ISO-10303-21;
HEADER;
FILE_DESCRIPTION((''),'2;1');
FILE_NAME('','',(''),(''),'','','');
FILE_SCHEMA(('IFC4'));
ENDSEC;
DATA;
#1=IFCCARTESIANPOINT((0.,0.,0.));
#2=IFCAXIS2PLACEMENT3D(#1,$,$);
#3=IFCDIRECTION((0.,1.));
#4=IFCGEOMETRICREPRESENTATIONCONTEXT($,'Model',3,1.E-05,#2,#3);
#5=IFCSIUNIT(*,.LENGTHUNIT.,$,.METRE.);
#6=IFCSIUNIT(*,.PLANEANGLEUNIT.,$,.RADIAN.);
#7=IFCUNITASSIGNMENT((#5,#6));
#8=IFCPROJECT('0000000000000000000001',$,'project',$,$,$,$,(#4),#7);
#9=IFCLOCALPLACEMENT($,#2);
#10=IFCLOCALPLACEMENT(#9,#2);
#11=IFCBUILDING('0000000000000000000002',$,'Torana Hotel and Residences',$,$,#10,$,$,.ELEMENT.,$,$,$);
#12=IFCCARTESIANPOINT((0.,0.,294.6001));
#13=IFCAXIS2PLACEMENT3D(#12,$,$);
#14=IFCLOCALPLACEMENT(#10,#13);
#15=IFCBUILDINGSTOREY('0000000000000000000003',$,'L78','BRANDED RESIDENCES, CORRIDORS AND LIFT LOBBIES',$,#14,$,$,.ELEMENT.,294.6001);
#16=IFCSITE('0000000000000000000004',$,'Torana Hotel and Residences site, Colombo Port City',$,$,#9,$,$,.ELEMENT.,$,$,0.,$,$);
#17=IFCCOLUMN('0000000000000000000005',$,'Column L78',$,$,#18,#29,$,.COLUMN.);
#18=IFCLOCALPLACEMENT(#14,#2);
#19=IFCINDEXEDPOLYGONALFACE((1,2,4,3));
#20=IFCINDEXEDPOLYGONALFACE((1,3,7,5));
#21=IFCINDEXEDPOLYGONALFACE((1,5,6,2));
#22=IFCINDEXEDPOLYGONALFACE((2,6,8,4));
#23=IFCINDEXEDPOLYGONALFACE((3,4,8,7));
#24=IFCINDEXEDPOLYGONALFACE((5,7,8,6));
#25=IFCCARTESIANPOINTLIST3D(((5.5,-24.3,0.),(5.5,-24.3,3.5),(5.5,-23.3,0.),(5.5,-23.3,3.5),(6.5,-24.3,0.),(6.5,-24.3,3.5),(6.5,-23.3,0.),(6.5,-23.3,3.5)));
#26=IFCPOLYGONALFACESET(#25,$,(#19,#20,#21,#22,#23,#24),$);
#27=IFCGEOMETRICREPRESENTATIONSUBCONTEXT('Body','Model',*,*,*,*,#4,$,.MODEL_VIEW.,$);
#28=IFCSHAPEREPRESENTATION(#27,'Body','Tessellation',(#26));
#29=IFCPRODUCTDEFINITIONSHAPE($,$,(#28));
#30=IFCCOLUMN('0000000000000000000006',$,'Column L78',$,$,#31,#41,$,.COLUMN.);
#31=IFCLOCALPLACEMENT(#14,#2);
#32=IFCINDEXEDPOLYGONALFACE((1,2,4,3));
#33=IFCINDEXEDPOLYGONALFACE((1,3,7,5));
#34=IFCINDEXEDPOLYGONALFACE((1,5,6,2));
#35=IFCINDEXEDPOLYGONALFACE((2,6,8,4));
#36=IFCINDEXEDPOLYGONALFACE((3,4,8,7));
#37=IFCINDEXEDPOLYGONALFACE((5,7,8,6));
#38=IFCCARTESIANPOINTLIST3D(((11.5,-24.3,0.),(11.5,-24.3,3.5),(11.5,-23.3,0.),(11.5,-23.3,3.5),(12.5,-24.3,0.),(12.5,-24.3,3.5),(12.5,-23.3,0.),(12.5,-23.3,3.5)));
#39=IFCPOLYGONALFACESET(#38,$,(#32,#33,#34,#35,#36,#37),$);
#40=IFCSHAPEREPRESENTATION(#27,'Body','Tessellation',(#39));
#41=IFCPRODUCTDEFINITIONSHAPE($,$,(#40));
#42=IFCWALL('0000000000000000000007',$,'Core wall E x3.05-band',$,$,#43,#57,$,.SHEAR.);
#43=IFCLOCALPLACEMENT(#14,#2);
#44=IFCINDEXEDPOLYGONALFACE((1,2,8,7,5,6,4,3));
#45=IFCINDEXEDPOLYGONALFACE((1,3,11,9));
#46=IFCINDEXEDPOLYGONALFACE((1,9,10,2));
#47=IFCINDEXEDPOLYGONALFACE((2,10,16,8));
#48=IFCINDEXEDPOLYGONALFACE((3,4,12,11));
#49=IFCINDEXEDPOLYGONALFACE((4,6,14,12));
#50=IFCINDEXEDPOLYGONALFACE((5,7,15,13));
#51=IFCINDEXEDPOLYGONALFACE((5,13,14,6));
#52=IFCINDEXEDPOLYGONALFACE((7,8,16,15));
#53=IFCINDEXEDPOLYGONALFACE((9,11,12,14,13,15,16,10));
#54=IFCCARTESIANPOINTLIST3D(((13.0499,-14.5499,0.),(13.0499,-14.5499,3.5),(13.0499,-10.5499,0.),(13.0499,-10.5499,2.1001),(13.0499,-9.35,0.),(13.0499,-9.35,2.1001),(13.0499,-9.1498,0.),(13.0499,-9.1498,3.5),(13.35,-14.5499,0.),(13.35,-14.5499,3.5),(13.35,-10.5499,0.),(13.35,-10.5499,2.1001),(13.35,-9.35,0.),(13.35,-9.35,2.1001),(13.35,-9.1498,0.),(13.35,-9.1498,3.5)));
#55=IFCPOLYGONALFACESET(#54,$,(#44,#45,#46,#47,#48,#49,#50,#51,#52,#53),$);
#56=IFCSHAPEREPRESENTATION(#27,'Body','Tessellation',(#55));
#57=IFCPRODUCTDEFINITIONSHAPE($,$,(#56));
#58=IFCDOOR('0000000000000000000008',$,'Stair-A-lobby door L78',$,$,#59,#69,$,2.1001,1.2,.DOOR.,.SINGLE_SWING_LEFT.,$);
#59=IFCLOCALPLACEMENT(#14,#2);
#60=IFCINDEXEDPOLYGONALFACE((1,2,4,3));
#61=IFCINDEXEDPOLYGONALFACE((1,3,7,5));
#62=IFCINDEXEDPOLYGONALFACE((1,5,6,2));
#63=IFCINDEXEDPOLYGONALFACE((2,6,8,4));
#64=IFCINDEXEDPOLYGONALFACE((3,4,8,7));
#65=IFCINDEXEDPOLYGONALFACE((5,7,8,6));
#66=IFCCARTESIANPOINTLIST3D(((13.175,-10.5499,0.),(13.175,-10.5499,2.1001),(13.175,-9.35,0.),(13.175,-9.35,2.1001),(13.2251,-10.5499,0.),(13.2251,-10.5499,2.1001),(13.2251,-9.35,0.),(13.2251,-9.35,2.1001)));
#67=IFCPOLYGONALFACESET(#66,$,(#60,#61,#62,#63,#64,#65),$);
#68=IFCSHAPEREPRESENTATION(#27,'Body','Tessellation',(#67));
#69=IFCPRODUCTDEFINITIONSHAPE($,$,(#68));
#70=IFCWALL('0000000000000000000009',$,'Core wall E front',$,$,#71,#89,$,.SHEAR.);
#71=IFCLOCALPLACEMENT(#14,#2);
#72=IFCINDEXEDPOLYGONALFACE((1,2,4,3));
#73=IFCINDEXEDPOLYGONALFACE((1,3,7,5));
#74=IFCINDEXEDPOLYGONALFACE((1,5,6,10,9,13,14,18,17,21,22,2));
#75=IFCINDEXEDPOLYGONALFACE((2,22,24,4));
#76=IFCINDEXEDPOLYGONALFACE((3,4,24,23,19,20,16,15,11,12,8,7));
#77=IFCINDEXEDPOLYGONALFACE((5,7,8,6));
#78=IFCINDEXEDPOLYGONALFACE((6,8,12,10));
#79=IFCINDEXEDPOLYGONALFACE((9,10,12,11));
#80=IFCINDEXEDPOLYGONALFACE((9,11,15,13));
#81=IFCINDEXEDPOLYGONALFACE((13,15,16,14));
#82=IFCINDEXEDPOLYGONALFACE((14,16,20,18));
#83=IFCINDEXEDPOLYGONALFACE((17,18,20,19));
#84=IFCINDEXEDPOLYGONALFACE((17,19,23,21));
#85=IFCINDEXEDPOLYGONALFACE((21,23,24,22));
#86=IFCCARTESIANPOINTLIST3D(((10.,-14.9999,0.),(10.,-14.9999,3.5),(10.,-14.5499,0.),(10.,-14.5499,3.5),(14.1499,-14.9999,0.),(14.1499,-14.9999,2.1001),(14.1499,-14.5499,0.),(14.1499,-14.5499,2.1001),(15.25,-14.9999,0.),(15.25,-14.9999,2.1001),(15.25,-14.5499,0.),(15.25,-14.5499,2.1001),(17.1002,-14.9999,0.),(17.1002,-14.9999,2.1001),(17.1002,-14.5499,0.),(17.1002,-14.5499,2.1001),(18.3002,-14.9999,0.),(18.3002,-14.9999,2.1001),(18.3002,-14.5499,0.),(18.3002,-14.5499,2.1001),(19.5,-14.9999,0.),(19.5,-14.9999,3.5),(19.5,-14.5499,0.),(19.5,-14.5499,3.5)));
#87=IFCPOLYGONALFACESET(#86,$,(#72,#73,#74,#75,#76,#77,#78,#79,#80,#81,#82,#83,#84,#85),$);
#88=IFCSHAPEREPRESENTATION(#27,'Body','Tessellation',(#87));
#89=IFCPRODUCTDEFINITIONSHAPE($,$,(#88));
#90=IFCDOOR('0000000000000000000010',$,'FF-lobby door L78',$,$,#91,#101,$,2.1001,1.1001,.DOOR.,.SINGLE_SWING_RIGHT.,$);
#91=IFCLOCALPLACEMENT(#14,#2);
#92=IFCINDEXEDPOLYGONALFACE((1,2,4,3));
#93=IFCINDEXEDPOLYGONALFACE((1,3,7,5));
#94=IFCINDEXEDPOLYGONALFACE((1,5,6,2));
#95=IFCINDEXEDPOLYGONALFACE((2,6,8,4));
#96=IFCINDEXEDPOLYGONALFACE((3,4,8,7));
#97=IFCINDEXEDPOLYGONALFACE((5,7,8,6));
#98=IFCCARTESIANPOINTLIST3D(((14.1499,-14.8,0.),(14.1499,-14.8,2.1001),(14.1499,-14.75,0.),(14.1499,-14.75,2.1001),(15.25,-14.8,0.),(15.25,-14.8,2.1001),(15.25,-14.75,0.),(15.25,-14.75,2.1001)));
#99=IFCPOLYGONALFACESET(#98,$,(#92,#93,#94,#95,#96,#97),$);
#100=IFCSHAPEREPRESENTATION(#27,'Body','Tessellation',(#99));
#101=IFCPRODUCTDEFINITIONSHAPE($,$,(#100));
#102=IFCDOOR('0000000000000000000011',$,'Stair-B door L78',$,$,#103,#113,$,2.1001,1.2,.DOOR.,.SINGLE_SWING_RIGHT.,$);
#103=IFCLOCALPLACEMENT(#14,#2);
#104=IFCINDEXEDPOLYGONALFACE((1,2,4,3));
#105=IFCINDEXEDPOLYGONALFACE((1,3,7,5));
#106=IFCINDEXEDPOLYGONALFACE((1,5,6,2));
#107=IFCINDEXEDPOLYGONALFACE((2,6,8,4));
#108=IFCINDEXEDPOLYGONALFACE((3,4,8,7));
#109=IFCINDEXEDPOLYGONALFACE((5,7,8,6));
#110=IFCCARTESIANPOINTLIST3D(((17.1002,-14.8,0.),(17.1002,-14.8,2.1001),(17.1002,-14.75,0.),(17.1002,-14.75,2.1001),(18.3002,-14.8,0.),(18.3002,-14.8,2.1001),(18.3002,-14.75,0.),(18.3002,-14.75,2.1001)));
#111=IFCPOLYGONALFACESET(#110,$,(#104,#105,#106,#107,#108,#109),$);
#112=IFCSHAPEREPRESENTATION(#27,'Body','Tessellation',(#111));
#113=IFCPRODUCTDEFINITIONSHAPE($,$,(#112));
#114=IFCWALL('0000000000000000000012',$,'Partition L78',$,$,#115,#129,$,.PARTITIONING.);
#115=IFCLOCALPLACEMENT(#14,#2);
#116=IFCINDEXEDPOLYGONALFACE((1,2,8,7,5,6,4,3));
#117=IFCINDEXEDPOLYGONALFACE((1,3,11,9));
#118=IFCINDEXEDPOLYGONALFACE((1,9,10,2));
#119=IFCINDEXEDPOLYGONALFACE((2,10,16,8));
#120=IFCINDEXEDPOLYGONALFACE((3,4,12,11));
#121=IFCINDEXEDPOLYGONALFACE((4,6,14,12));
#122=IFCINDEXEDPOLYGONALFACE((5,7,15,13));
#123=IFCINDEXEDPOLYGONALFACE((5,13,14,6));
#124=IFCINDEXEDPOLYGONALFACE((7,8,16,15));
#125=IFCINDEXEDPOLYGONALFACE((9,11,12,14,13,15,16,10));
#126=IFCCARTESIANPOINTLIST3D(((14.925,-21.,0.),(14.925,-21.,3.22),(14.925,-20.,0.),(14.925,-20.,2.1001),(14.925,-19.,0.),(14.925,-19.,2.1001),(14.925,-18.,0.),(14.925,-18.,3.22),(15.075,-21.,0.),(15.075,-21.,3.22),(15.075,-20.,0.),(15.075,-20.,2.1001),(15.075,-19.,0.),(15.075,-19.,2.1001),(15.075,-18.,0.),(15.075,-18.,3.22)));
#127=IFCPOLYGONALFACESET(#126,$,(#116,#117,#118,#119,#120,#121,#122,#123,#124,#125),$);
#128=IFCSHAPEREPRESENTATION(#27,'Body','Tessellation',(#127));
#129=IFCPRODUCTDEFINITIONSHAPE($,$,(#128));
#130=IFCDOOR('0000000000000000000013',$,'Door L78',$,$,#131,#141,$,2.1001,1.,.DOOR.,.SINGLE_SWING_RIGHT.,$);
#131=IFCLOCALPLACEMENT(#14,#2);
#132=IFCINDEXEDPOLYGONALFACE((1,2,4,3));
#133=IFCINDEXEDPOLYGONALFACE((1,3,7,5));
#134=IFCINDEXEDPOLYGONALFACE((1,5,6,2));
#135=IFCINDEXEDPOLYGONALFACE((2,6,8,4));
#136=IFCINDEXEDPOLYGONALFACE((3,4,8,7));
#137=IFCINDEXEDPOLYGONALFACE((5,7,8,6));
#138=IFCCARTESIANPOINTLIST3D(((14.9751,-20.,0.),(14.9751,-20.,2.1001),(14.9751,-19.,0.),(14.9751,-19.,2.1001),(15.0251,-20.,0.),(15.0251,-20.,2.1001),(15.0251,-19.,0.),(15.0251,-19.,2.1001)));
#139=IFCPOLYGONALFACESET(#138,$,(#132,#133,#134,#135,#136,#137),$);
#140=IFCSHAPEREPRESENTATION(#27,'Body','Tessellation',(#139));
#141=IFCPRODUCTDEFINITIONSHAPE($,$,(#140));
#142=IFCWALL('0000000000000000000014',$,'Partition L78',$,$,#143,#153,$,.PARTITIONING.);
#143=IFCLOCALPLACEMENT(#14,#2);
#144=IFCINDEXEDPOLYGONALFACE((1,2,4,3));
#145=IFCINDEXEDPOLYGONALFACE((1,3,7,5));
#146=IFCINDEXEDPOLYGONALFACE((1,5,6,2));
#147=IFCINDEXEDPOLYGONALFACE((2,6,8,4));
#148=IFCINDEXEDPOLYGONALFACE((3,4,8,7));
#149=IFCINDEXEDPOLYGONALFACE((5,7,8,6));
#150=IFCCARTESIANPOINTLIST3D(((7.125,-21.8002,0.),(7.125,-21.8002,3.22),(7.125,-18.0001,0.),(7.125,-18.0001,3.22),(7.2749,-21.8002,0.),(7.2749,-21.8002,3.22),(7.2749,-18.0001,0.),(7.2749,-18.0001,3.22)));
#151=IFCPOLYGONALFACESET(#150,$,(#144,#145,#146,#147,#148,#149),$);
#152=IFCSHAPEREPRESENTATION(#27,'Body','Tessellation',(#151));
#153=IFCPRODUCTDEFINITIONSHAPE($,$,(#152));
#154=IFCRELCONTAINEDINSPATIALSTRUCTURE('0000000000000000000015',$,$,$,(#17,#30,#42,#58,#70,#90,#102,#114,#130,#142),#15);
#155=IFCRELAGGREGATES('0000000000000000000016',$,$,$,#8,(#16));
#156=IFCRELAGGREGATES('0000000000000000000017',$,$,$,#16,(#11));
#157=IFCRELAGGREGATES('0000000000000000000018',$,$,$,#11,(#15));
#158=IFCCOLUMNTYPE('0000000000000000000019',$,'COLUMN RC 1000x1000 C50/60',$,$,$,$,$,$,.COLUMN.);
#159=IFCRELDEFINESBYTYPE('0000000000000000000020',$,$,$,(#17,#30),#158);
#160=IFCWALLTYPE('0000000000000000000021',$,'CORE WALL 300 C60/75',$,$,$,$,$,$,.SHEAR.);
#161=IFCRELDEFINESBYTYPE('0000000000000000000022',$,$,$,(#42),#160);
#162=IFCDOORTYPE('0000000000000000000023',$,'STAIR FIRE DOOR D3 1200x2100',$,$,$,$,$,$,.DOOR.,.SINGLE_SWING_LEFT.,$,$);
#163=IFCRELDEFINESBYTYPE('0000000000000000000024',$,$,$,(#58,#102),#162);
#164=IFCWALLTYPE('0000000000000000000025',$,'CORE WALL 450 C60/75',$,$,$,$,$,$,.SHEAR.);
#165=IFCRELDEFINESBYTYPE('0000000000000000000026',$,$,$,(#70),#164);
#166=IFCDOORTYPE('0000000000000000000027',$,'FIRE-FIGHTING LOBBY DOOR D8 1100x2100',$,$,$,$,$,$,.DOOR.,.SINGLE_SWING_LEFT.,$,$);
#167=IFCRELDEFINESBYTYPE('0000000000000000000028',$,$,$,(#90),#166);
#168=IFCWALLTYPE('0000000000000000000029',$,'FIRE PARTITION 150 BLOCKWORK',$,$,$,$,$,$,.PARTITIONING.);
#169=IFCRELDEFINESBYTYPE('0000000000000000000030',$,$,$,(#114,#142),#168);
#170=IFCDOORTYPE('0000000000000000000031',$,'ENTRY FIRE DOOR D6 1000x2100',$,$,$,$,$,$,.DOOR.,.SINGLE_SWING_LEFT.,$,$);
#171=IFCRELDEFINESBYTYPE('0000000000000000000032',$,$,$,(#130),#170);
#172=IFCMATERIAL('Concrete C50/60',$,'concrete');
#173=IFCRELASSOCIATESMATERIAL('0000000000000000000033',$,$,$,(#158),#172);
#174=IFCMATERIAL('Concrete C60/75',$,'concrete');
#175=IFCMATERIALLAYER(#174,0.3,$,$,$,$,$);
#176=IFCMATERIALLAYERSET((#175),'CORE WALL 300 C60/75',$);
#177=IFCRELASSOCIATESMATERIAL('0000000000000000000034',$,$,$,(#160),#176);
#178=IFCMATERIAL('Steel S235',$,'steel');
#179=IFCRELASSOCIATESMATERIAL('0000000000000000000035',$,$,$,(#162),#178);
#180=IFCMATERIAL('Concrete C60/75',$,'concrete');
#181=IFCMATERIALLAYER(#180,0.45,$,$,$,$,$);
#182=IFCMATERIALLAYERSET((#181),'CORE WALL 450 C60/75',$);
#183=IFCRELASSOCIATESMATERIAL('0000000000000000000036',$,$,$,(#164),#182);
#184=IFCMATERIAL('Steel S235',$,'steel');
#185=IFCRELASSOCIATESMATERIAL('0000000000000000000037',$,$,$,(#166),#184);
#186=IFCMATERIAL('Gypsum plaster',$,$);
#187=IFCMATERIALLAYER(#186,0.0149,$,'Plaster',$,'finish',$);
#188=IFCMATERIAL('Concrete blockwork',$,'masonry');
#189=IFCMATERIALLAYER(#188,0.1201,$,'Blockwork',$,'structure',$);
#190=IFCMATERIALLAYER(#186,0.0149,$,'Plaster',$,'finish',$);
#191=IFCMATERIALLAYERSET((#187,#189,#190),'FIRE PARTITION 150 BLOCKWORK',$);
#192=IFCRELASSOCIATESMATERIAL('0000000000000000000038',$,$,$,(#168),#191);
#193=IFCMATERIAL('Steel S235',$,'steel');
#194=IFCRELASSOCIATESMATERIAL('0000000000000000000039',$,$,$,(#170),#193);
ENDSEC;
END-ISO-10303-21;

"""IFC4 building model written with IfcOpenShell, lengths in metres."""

from ifc_helpers import new_model, si_unit, direction, frame, frame_2d, origin, origin_2d, place, context, subcontext, project, spatial, rectangle, extrude, material, layer, layer_set, material_profile, profile_set, type_object, element, fill, save


model = new_model("IFC4")

# Units and contexts
model_context = context("Model", 3, precision=1e-05, world=origin(), true_north=direction((0.0, 1.0)))
body_context = subcontext(model_context, "Body", "Model", "MODEL_VIEW")
ifc_project = project(units=[si_unit("LENGTHUNIT", "METRE"), si_unit("PLANEANGLEUNIT", "RADIAN")], contexts=[model_context])

# Site, building, storey
site_placement = place(None, origin())
site = spatial("IfcSite", under=ifc_project, at=site_placement, Name="Torana Hotel and Residences site, Colombo Port City", CompositionType="ELEMENT", RefElevation=0.0)
building_placement = place(site_placement, origin())
building = spatial("IfcBuilding", under=site, at=building_placement, Name="Torana Hotel and Residences", CompositionType="ELEMENT")
storey_placement = place(building_placement, frame((0.0, 0.0, 294.6001)))
storey = spatial("IfcBuildingStorey", under=building, at=storey_placement, Name="L78", Description="BRANDED RESIDENCES, CORRIDORS AND LIFT LOBBIES", CompositionType="ELEMENT", Elevation=294.6001)

# Columns
ifc_material_1 = material(Name="Concrete C50/60", Category="concrete")
ifc_material_profile = material_profile(ifc_material_1, rectangle(XDim=1.0, YDim=1.0, at=origin_2d()), Name="RC 1000x1000")
ifc_profile_set = profile_set([ifc_material_profile], Name="Concrete C50/60")
column_type = type_object("IfcColumnType", Name="COLUMN RC 1000x1000 C50/60", PredefinedType="COLUMN", material=ifc_profile_set)
for number, where, z_axis, x_axis, name in (
    (1, (6.0, -23.8, 0.0), (0.0, 0.0, 1.0), (1.0, 0.0, 0.0), "Column L78"),
    (2, (12.0, -23.8, 0.0), (0.0, 0.0, 1.0), (1.0, 0.0, 0.0), "Column L78"),
):
    element("IfcColumn", number, at=place(storey_placement, frame(where, z_axis=z_axis, x_axis=x_axis)), inside=storey, type_object=column_type, Name=name, PredefinedType="COLUMN", context=body_context, shape_type="SweptSolid", body=[
        extrude(rectangle(XDim=1.0, YDim=1.0, at=origin_2d()), origin(), (0.0, 0.0, 1.0), 3.5),
    ])

# Wall, opening, door
ifc_material_2 = material(Name="Concrete C60/75", Category="concrete")
ifc_layer_1 = layer(ifc_material_2, 0.3)
ifc_layer_set_1 = layer_set([ifc_layer_1], Name="CORE WALL 300 C60/75")
wall_type_1 = type_object("IfcWallType", Name="CORE WALL 300 C60/75", PredefinedType="SHEAR", material=ifc_layer_set_1)
wall_1_placement = place(storey_placement, frame((13.2, -14.55, 0.0), z_axis=(0.0, 0.0, 1.0), x_axis=(0.0, 1.0, 0.0)))
wall_1 = element("IfcWall", 3, at=wall_1_placement, inside=storey, type_object=wall_type_1, Name="Core wall E x3.05-band", PredefinedType="SHEAR", context=body_context, shape_type="SweptSolid", body=[
    extrude(rectangle(XDim=5.4001, YDim=0.3, at=frame_2d((2.7002, 0.0))), origin(), (0.0, 0.0, 1.0), 3.5),
])
opening_1_placement = place(wall_1_placement, frame((4.0, 0.0, 0.0)))
opening_1 = element("IfcOpeningElement", 4, at=opening_1_placement, cuts=wall_1, PredefinedType="OPENING", context=body_context, shape_type="SweptSolid", body=[
    extrude(rectangle(XDim=1.2, YDim=2.1001, at=frame_2d((0.6001, 1.05))), frame((0.0, 0.1599, 0.0), z_axis=(0.0, -1.0, 0.0), x_axis=(1.0, 0.0, 0.0)), (0.0, 0.0, 1.0), 0.3201),
])
ifc_material_3 = material(Name="Steel S235", Category="steel")
door_type_1 = type_object("IfcDoorType", Name="STAIR FIRE DOOR D3 1200x2100", OperationType="SINGLE_SWING_LEFT", PredefinedType="DOOR", material=ifc_material_3)
door_1_placement = place(opening_1_placement, origin())
door_1 = element("IfcDoor", 5, at=door_1_placement, inside=storey, type_object=door_type_1, Name="Stair-A-lobby door L78", OperationType="SINGLE_SWING_LEFT", OverallHeight=2.1001, OverallWidth=1.2, PredefinedType="DOOR", context=body_context, shape_type="SweptSolid", body=[
    extrude(rectangle(XDim=1.2, YDim=2.1001, at=frame_2d((0.6001, 1.05))), frame((0.0, 0.0249, 0.0), z_axis=(0.0, -1.0, 0.0), x_axis=(1.0, 0.0, 0.0)), (0.0, 0.0, 1.0), 0.05),
])
fill(opening_1, door_1)

# Wall, openings, doors
ifc_material_4 = material(Name="Concrete C60/75", Category="concrete")
ifc_layer_2 = layer(ifc_material_4, 0.45)
ifc_layer_set_2 = layer_set([ifc_layer_2], Name="CORE WALL 450 C60/75")
wall_type_2 = type_object("IfcWallType", Name="CORE WALL 450 C60/75", PredefinedType="SHEAR", material=ifc_layer_set_2)
wall_2_placement = place(storey_placement, frame((10.0, -14.7749, 0.0), z_axis=(0.0, 0.0, 1.0), x_axis=(1.0, 0.0, 0.0)))
wall_2 = element("IfcWall", 6, at=wall_2_placement, inside=storey, type_object=wall_type_2, Name="Core wall E front", PredefinedType="SHEAR", context=body_context, shape_type="SweptSolid", body=[
    extrude(rectangle(XDim=9.5, YDim=0.45, at=frame_2d((4.75, 0.0))), origin(), (0.0, 0.0, 1.0), 3.5),
])
opening_2_placement = place(wall_2_placement, frame((7.1001, 0.0, 0.0)))
opening_2 = element("IfcOpeningElement", 7, at=opening_2_placement, cuts=wall_2, PredefinedType="OPENING", context=body_context, shape_type="SweptSolid", body=[
    extrude(rectangle(XDim=1.2, YDim=2.1001, at=frame_2d((0.6001, 1.05))), frame((0.0, 0.2349, 0.0), z_axis=(0.0, -1.0, 0.0), x_axis=(1.0, 0.0, 0.0)), (0.0, 0.0, 1.0), 0.47),
])
opening_3_placement = place(wall_2_placement, frame((4.1499, 0.0, 0.0)))
opening_3 = element("IfcOpeningElement", 8, at=opening_3_placement, cuts=wall_2, PredefinedType="OPENING", context=body_context, shape_type="SweptSolid", body=[
    extrude(rectangle(XDim=1.1001, YDim=2.1001, at=frame_2d((0.55, 1.05))), frame((0.0, 0.2349, 0.0), z_axis=(0.0, -1.0, 0.0), x_axis=(1.0, 0.0, 0.0)), (0.0, 0.0, 1.0), 0.47),
])
ifc_material_5 = material(Name="Steel S235", Category="steel")
door_type_2 = type_object("IfcDoorType", Name="FIRE-FIGHTING LOBBY DOOR D8 1100x2100", OperationType="SINGLE_SWING_LEFT", PredefinedType="DOOR", material=ifc_material_5)
door_2_placement = place(opening_3_placement, origin())
door_2 = element("IfcDoor", 9, at=door_2_placement, inside=storey, type_object=door_type_2, Name="FF-lobby door L78", OperationType="SINGLE_SWING_RIGHT", OverallHeight=2.1001, OverallWidth=1.1001, PredefinedType="DOOR", context=body_context, shape_type="SweptSolid", body=[
    extrude(rectangle(XDim=1.1001, YDim=2.1001, at=frame_2d((0.55, 1.05))), frame((0.0, 0.0249, 0.0), z_axis=(0.0, -1.0, 0.0), x_axis=(1.0, 0.0, 0.0)), (0.0, 0.0, 1.0), 0.05),
])
fill(opening_3, door_2)
door_3_placement = place(opening_2_placement, origin())
door_3 = element("IfcDoor", 10, at=door_3_placement, inside=storey, type_object=door_type_1, Name="Stair-B door L78", OperationType="SINGLE_SWING_RIGHT", OverallHeight=2.1001, OverallWidth=1.2, PredefinedType="DOOR", context=body_context, shape_type="SweptSolid", body=[
    extrude(rectangle(XDim=1.2, YDim=2.1001, at=frame_2d((0.6001, 1.05))), frame((0.0, 0.0249, 0.0), z_axis=(0.0, -1.0, 0.0), x_axis=(1.0, 0.0, 0.0)), (0.0, 0.0, 1.0), 0.05),
])
fill(opening_2, door_3)

# Wall, opening, door
ifc_material_6 = material(Name="Gypsum plaster")
ifc_layer_3 = layer(ifc_material_6, 0.0149, Name="Plaster", Category="finish")
ifc_material_7 = material(Name="Concrete blockwork", Category="masonry")
ifc_layer_4 = layer(ifc_material_7, 0.1201, Name="Blockwork", Category="structure")
ifc_layer_5 = layer(ifc_material_6, 0.0149, Name="Plaster", Category="finish")
ifc_layer_set_3 = layer_set([ifc_layer_3, ifc_layer_4, ifc_layer_5], Name="FIRE PARTITION 150 BLOCKWORK")
wall_type_3 = type_object("IfcWallType", Name="FIRE PARTITION 150 BLOCKWORK", PredefinedType="PARTITIONING", material=ifc_layer_set_3)
wall_3_placement = place(storey_placement, frame((15.0, -21.0, 0.0), z_axis=(0.0, 0.0, 1.0), x_axis=(0.0, 1.0, 0.0)))
wall_3 = element("IfcWall", 11, at=wall_3_placement, inside=storey, type_object=wall_type_3, Name="Partition L78", PredefinedType="PARTITIONING", context=body_context, shape_type="SweptSolid", body=[
    extrude(rectangle(XDim=3.0, YDim=0.1499, at=frame_2d((1.5, 0.0))), origin(), (0.0, 0.0, 1.0), 3.22),
])
opening_4_placement = place(wall_3_placement, frame((1.0, 0.0, 0.0)))
opening_4 = element("IfcOpeningElement", 12, at=opening_4_placement, cuts=wall_3, PredefinedType="OPENING", context=body_context, shape_type="SweptSolid", body=[
    extrude(rectangle(XDim=1.0, YDim=2.1001, at=frame_2d((0.5, 1.05))), frame((0.0, 0.085, 0.0), z_axis=(0.0, -1.0, 0.0), x_axis=(1.0, 0.0, 0.0)), (0.0, 0.0, 1.0), 0.1699),
])
ifc_material_8 = material(Name="Steel S235", Category="steel")
door_type_3 = type_object("IfcDoorType", Name="ENTRY FIRE DOOR D6 1000x2100", OperationType="SINGLE_SWING_LEFT", PredefinedType="DOOR", material=ifc_material_8)
door_4_placement = place(opening_4_placement, origin())
door_4 = element("IfcDoor", 13, at=door_4_placement, inside=storey, type_object=door_type_3, Name="Door L78", OperationType="SINGLE_SWING_RIGHT", OverallHeight=2.1001, OverallWidth=1.0, PredefinedType="DOOR", context=body_context, shape_type="SweptSolid", body=[
    extrude(rectangle(XDim=1.0, YDim=2.1001, at=frame_2d((0.5, 1.05))), frame((0.0, 0.0249, 0.0), z_axis=(0.0, -1.0, 0.0), x_axis=(1.0, 0.0, 0.0)), (0.0, 0.0, 1.0), 0.05),
])
fill(opening_4, door_4)

# Wall
wall_4_placement = place(storey_placement, frame((7.2, -21.8, 0.0), z_axis=(0.0, 0.0, 1.0), x_axis=(0.0, 1.0, 0.0)))
element("IfcWall", 14, at=wall_4_placement, inside=storey, type_object=wall_type_3, Name="Partition L78", PredefinedType="PARTITIONING", context=body_context, shape_type="SweptSolid", body=[
    extrude(rectangle(XDim=3.8, YDim=0.1499, at=frame_2d((1.8999, 0.0))), origin(), (0.0, 0.0, 1.0), 3.22),
])

save(model, "model.ifc")
